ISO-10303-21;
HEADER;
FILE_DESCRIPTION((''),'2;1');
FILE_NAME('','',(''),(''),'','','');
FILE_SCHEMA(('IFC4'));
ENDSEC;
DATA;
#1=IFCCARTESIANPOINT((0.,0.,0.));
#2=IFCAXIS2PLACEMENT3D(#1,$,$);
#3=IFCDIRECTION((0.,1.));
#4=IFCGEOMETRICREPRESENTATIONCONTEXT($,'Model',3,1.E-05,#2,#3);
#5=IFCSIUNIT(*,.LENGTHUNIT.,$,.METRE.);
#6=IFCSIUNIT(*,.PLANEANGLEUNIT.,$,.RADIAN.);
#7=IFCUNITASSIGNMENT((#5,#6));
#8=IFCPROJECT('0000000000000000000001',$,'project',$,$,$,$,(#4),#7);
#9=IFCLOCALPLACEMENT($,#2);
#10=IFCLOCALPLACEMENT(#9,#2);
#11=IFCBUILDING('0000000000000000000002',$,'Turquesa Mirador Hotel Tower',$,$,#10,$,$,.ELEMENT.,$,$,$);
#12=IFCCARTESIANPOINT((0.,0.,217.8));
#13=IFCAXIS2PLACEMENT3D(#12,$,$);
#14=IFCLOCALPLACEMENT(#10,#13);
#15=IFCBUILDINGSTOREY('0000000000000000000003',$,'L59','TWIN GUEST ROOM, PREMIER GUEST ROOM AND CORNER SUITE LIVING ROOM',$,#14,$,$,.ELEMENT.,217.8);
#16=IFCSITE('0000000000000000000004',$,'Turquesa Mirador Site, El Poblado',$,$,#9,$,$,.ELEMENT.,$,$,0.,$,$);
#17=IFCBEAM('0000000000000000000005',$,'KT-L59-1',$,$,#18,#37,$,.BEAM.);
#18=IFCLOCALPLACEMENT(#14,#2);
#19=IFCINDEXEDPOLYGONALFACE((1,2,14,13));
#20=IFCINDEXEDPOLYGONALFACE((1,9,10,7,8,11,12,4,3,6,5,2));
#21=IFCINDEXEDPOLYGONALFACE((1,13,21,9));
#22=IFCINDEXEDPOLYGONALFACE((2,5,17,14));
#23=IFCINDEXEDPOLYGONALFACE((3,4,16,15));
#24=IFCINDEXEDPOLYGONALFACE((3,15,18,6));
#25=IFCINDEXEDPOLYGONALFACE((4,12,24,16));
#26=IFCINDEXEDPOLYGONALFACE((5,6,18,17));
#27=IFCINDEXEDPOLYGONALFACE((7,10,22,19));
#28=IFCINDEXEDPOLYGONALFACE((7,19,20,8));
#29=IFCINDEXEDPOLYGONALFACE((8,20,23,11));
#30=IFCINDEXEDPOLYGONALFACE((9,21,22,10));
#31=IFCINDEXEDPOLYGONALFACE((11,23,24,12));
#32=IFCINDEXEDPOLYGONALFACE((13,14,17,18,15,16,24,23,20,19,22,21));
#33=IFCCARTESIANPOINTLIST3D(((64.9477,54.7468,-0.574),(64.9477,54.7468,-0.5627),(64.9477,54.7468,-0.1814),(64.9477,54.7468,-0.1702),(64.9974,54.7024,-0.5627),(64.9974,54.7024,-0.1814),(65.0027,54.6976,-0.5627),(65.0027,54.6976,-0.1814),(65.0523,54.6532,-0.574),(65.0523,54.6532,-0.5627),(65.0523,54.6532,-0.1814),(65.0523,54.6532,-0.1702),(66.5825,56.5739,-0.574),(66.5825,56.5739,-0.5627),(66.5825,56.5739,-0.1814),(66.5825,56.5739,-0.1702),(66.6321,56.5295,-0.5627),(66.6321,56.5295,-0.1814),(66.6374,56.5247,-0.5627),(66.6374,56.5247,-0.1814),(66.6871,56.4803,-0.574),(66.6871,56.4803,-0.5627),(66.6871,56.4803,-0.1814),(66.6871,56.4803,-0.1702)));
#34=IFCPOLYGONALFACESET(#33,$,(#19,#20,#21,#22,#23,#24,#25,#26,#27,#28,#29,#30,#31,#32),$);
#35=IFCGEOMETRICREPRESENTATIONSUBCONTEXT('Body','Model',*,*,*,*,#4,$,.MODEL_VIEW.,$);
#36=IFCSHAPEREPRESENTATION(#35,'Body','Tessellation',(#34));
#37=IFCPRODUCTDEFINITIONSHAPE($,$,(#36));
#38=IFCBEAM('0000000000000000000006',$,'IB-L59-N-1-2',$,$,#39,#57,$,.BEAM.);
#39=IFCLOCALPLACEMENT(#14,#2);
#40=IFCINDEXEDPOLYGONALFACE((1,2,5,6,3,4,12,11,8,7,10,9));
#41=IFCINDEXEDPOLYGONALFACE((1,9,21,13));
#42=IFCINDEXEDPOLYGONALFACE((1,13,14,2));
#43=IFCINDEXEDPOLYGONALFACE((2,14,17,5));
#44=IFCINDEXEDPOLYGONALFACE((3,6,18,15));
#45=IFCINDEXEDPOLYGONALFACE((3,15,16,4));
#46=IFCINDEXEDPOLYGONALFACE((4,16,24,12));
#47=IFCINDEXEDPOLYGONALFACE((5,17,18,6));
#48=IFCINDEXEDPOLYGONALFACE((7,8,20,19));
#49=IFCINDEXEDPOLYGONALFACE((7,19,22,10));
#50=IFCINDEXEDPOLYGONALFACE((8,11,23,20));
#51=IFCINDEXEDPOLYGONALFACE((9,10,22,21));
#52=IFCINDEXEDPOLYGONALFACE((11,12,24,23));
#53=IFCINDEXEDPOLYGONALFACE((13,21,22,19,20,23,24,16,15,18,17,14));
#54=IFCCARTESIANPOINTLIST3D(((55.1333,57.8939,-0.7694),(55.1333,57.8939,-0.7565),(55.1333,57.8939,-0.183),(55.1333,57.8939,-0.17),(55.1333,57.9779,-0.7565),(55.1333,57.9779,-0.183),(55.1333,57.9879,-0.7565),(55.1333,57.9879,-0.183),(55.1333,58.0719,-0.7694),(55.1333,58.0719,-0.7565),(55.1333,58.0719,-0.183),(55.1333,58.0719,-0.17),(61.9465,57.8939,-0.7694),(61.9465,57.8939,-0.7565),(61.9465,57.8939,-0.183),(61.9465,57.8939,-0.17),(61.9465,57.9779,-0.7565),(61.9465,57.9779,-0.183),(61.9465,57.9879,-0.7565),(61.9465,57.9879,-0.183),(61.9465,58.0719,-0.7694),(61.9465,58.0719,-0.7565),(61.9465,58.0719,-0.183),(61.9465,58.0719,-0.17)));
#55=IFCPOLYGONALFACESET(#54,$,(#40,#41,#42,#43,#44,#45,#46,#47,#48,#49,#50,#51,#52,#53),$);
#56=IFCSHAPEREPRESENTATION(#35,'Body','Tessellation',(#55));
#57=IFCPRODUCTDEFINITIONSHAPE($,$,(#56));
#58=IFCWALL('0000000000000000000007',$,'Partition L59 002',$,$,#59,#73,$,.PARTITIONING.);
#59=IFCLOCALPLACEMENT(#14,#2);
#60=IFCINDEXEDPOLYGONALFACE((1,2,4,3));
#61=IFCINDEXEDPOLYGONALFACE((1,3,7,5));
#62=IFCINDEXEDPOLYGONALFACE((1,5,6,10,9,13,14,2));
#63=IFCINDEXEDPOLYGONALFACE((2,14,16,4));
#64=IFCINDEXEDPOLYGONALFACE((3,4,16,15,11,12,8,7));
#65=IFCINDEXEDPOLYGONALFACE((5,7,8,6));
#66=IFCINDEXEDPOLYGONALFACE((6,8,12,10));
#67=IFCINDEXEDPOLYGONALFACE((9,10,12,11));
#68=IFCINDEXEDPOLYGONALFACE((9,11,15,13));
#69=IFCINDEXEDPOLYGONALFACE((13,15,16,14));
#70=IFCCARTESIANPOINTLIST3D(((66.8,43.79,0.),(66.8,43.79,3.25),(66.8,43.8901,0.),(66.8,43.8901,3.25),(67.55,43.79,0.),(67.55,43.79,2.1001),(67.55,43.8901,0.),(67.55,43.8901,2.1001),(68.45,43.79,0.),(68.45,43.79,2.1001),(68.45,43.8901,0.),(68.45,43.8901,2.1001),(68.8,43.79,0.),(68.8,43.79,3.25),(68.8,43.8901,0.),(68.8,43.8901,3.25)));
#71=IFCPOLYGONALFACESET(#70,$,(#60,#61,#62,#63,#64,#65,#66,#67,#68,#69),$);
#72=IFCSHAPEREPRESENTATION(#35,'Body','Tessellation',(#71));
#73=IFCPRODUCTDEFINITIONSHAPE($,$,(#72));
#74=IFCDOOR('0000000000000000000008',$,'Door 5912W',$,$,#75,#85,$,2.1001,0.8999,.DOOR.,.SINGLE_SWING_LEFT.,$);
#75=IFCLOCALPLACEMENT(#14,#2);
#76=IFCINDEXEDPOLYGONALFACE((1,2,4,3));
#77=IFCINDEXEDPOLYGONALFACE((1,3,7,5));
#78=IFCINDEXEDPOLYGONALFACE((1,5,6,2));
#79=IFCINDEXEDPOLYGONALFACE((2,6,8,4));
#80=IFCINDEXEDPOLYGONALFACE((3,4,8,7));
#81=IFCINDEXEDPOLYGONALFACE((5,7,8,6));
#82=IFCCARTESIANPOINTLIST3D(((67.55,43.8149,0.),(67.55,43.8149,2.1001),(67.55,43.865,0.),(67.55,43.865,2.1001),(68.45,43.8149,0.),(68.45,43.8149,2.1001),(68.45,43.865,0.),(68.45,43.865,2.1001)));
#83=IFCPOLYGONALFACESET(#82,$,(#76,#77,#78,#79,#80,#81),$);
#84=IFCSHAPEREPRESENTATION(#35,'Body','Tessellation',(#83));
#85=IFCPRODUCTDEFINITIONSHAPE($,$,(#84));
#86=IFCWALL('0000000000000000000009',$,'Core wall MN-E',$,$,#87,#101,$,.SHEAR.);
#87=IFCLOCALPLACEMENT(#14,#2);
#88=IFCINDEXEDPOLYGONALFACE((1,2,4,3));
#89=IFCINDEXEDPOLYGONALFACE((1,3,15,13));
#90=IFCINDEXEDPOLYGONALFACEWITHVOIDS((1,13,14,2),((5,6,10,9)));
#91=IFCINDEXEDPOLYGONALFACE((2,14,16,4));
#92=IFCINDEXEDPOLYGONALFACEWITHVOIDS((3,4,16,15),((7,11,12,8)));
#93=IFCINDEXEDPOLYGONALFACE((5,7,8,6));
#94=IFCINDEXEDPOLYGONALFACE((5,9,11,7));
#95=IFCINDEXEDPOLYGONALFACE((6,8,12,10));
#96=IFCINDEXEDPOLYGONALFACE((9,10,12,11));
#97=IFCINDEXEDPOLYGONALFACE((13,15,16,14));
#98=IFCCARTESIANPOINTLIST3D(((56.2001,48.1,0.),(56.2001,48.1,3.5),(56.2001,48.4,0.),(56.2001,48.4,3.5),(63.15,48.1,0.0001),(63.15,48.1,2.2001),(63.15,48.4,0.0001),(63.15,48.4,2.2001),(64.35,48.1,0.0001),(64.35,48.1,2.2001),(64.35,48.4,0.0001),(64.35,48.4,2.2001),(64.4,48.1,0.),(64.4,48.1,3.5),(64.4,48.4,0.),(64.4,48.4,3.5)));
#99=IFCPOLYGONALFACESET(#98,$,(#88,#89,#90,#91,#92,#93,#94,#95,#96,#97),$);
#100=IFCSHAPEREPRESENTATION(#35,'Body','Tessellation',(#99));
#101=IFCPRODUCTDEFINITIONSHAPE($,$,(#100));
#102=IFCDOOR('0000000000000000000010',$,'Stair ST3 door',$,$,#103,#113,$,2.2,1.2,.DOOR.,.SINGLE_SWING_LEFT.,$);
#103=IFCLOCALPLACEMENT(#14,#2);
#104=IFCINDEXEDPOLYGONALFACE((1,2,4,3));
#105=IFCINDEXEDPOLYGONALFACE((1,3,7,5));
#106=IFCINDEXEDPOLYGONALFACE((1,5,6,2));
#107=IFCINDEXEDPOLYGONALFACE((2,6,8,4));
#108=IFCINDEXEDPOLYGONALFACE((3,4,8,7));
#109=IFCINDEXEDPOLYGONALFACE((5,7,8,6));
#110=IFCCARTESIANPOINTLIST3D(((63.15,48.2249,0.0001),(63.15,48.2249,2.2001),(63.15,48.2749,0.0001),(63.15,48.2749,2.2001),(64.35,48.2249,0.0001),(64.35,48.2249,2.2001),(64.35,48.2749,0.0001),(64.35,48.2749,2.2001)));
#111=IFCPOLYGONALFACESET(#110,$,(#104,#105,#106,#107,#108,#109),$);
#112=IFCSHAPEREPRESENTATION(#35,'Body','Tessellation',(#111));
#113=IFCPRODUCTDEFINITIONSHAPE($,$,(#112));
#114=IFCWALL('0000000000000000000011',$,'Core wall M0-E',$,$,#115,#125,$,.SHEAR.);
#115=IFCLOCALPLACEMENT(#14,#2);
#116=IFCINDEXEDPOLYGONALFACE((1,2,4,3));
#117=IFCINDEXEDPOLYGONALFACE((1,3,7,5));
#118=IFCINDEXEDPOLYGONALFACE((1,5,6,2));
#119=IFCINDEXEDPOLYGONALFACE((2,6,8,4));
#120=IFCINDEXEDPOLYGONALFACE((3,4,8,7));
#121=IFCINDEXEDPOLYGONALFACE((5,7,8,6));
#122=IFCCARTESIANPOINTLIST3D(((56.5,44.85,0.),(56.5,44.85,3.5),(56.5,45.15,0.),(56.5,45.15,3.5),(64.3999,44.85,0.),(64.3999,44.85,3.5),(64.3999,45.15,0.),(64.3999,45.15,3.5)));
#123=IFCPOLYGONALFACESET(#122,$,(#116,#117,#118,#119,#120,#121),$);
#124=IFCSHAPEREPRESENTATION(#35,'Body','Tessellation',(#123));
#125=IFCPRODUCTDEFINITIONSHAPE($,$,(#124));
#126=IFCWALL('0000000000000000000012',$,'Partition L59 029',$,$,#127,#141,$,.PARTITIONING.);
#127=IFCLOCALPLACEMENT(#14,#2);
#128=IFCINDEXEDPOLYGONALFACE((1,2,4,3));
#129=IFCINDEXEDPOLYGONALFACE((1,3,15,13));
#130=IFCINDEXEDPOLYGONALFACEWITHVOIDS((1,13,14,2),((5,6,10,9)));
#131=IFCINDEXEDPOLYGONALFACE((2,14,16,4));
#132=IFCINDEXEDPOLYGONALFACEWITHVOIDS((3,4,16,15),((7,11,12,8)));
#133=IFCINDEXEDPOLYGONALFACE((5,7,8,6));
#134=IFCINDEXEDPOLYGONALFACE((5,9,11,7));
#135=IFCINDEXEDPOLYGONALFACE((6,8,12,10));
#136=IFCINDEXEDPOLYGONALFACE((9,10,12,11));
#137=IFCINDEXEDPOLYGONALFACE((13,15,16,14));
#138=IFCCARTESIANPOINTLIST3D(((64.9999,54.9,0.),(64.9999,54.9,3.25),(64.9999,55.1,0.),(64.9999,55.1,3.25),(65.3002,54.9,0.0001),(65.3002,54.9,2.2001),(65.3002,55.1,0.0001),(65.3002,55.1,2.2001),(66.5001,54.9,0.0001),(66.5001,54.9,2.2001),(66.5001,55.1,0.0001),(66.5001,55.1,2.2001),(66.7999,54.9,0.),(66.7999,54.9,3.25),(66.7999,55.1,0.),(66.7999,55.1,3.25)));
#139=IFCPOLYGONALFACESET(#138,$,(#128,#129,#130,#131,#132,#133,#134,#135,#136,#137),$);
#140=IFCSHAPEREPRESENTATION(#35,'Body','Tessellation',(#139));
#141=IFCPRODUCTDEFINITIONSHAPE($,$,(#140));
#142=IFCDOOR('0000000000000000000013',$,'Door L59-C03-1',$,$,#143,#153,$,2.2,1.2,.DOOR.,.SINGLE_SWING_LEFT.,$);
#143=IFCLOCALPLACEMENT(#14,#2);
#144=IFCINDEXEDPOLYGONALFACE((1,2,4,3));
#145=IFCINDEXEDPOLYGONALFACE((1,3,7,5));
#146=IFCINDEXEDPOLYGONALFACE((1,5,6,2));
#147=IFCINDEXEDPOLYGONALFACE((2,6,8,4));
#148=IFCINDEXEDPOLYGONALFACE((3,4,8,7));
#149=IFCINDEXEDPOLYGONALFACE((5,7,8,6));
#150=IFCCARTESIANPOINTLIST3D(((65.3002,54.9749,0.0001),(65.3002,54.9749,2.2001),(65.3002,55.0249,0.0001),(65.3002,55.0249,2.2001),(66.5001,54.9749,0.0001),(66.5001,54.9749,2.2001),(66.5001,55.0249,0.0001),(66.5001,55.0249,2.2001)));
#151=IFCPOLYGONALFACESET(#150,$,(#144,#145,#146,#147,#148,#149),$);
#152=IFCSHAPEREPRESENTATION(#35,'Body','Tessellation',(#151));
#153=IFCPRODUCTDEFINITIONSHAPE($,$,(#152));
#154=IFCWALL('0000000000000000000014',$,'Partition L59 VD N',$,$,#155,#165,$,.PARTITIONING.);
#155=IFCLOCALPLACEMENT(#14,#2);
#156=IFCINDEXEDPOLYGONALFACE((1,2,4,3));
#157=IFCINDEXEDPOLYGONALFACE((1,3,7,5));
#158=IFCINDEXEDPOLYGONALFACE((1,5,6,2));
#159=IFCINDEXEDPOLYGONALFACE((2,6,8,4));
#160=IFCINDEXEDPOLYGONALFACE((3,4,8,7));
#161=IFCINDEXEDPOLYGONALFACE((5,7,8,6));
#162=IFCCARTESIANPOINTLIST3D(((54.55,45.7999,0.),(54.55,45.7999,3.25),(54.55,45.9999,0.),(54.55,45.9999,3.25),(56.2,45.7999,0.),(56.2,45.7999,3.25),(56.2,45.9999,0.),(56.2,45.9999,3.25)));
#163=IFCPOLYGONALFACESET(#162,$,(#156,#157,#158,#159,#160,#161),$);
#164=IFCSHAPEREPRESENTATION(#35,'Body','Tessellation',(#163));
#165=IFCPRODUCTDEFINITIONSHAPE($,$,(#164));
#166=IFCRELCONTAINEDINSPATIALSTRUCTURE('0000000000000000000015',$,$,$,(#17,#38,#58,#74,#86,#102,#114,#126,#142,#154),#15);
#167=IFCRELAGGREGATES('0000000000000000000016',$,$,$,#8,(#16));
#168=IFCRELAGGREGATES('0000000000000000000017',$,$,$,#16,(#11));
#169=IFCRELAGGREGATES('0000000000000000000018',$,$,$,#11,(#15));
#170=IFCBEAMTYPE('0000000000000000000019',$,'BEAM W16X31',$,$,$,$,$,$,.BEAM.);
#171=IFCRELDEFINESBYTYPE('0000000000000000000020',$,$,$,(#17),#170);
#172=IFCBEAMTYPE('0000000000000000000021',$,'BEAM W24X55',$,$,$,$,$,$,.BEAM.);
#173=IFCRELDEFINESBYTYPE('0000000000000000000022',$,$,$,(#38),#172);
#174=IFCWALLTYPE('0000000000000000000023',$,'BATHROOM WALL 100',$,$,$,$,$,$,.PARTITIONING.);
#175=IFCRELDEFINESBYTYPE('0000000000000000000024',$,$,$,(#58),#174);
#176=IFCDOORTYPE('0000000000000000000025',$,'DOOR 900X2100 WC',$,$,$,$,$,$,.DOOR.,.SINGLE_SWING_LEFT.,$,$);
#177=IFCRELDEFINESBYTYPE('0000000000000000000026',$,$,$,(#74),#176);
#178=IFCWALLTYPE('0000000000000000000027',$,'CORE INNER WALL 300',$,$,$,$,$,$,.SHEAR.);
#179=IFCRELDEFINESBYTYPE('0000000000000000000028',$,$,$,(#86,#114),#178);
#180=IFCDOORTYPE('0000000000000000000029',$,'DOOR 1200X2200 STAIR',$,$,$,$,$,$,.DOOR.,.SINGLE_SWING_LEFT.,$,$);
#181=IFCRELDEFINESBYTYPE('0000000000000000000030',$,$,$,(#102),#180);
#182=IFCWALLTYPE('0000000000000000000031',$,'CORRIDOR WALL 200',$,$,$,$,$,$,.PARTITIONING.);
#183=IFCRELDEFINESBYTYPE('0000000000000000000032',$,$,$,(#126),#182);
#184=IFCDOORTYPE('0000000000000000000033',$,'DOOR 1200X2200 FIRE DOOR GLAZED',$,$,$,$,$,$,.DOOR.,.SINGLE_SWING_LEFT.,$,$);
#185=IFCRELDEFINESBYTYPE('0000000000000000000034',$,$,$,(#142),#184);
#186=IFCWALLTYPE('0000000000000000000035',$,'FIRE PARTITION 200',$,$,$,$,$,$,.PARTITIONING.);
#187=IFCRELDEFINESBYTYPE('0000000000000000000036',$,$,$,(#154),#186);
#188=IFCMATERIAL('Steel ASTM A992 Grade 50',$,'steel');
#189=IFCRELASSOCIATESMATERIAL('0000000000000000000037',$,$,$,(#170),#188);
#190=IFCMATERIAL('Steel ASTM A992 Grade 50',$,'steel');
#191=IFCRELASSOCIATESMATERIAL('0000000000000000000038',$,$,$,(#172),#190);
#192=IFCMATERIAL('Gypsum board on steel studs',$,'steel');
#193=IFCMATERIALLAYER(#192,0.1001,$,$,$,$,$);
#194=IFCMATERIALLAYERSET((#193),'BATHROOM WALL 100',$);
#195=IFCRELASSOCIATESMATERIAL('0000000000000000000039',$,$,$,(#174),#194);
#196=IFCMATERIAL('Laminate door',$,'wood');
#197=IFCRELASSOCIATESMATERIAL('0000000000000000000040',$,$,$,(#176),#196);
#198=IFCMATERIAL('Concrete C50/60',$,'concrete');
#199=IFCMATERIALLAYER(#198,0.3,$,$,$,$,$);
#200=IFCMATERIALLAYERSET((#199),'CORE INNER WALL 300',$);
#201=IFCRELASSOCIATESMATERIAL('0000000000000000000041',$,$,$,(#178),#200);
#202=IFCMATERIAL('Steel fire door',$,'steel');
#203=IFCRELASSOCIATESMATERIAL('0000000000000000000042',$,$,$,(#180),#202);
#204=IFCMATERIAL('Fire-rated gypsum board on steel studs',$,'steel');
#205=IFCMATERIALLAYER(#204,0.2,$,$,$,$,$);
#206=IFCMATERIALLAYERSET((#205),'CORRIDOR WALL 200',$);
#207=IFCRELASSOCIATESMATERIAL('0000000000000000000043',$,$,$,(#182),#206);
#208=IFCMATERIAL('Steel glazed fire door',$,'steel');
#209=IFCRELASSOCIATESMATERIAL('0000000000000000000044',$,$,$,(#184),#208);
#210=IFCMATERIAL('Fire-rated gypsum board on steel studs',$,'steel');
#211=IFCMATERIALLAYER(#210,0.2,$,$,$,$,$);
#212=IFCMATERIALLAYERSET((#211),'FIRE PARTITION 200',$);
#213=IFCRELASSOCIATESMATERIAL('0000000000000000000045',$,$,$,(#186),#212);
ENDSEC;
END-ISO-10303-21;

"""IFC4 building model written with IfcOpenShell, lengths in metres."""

from ifc_helpers import new_model, si_unit, direction, frame, frame_2d, origin, origin_2d, place, context, subcontext, project, spatial, rectangle, i_section, extrude, material, layer, layer_set, material_profile, profile_set, type_object, element, fill, save


model = new_model("IFC4")

# Units and contexts
model_context = context("Model", 3, precision=1e-05, world=origin(), true_north=direction((0.0, 1.0)))
body_context = subcontext(model_context, "Body", "Model", "MODEL_VIEW")
ifc_project = project(units=[si_unit("LENGTHUNIT", "METRE"), si_unit("PLANEANGLEUNIT", "RADIAN")], contexts=[model_context])

# Site, building, storey
site_placement = place(None, origin())
site = spatial("IfcSite", under=ifc_project, at=site_placement, Name="Turquesa Mirador Site, El Poblado", CompositionType="ELEMENT", RefElevation=0.0)
building_placement = place(site_placement, origin())
building = spatial("IfcBuilding", under=site, at=building_placement, Name="Turquesa Mirador Hotel Tower", CompositionType="ELEMENT")
storey_placement = place(building_placement, frame((0.0, 0.0, 217.8)))
storey = spatial("IfcBuildingStorey", under=building, at=storey_placement, Name="L59", Description="TWIN GUEST ROOM, PREMIER GUEST ROOM AND CORNER SUITE LIVING ROOM", CompositionType="ELEMENT", Elevation=217.8)

# Beams
ifc_material_1 = material(Name="Steel ASTM A992 Grade 50", Category="steel")
ifc_material_profile_1 = material_profile(ifc_material_1, i_section(OverallWidth=0.1404, OverallDepth=0.4038, WebThickness=0.0071, FlangeThickness=0.0112, at=origin_2d()), Name="W16X31")
ifc_profile_set_1 = profile_set([ifc_material_profile_1], Name="Steel ASTM A992 Grade 50")
beam_type_1 = type_object("IfcBeamType", Name="BEAM W16X31", PredefinedType="BEAM", material=ifc_profile_set_1)
beam_1_placement = place(storey_placement, frame((66.6348, 56.5271, -0.3721), z_axis=(-0.666783, -0.745252, 0.0), x_axis=(0.745252, -0.666783, 0.0)))
element("IfcBeam", 1, at=beam_1_placement, inside=storey, type_object=beam_type_1, Name="KT-L59-1", PredefinedType="BEAM", context=body_context, shape_type="SweptSolid", body=[
    extrude(i_section(OverallWidth=0.1404, OverallDepth=0.4038, WebThickness=0.0071, FlangeThickness=0.0112, at=origin_2d()), origin(), (0.0, 0.0, 1.0), 2.4517),
])
ifc_material_2 = material(Name="Steel ASTM A992 Grade 50", Category="steel")
ifc_material_profile_2 = material_profile(ifc_material_2, i_section(OverallWidth=0.178, OverallDepth=0.5994, WebThickness=0.01, FlangeThickness=0.0129, at=origin_2d()), Name="W24X55")
ifc_profile_set_2 = profile_set([ifc_material_profile_2], Name="Steel ASTM A992 Grade 50")
beam_type_2 = type_object("IfcBeamType", Name="BEAM W24X55", PredefinedType="BEAM", material=ifc_profile_set_2)
beam_2_placement = place(storey_placement, frame((55.1333, 57.9829, -0.4697), z_axis=(1.0, 0.0, 0.0), x_axis=(0.0, 1.0, 0.0)))
element("IfcBeam", 2, at=beam_2_placement, inside=storey, type_object=beam_type_2, Name="IB-L59-N-1-2", PredefinedType="BEAM", context=body_context, shape_type="SweptSolid", body=[
    extrude(i_section(OverallWidth=0.178, OverallDepth=0.5994, WebThickness=0.01, FlangeThickness=0.0129, at=origin_2d()), origin(), (0.0, 0.0, 1.0), 6.8132),
])

# Walls, openings, doors
ifc_material_3 = material(Name="Gypsum board on steel studs", Category="steel")
ifc_layer_1 = layer(ifc_material_3, 0.1001)
ifc_layer_set_1 = layer_set([ifc_layer_1], Name="BATHROOM WALL 100")
wall_type_1 = type_object("IfcWallType", Name="BATHROOM WALL 100", PredefinedType="PARTITIONING", material=ifc_layer_set_1)
wall_1_placement = place(storey_placement, frame((66.8, 43.8401, 0.0), z_axis=(0.0, 0.0, 1.0), x_axis=(1.0, 0.0, 0.0)))
wall_1 = element("IfcWall", 3, at=wall_1_placement, inside=storey, type_object=wall_type_1, Name="Partition L59 002", PredefinedType="PARTITIONING", context=body_context, shape_type="SweptSolid", body=[
    extrude(rectangle(XDim=2.0, YDim=0.1001, at=frame_2d((1.0, 0.0))), origin(), (0.0, 0.0, 1.0), 3.25),
])
opening_1_placement = place(wall_1_placement, frame((0.75, 0.0, 0.0)))
opening_1 = element("IfcOpeningElement", 4, at=opening_1_placement, cuts=wall_1, PredefinedType="OPENING", context=body_context, shape_type="SweptSolid", body=[
    extrude(rectangle(XDim=0.8999, YDim=2.1001, at=frame_2d((0.45, 1.05))), frame((0.0, 0.0601, 0.0), z_axis=(0.0, -1.0, 0.0), x_axis=(1.0, 0.0, 0.0)), (0.0, 0.0, 1.0), 0.1201),
])
ifc_material_4 = material(Name="Laminate door", Category="wood")
door_type_1 = type_object("IfcDoorType", Name="DOOR 900X2100 WC", OperationType="SINGLE_SWING_LEFT", PredefinedType="DOOR", material=ifc_material_4)
door_1_placement = place(opening_1_placement, origin())
door_1 = element("IfcDoor", 5, at=door_1_placement, inside=storey, type_object=door_type_1, Name="Door 5912W", OperationType="SINGLE_SWING_LEFT", OverallHeight=2.1001, OverallWidth=0.8999, PredefinedType="DOOR", context=body_context, shape_type="SweptSolid", body=[
    extrude(rectangle(XDim=0.8999, YDim=2.1001, at=frame_2d((0.45, 1.05))), frame((0.0, 0.0249, 0.0), z_axis=(0.0, -1.0, 0.0), x_axis=(1.0, 0.0, 0.0)), (0.0, 0.0, 1.0), 0.05),
])
fill(opening_1, door_1)
ifc_material_5 = material(Name="Concrete C50/60", Category="concrete")
ifc_layer_2 = layer(ifc_material_5, 0.3)
ifc_layer_set_2 = layer_set([ifc_layer_2], Name="CORE INNER WALL 300")
wall_type_2 = type_object("IfcWallType", Name="CORE INNER WALL 300", PredefinedType="SHEAR", material=ifc_layer_set_2)
wall_2_placement = place(storey_placement, frame((56.2, 48.25, 0.0), z_axis=(0.0, 0.0, 1.0), x_axis=(1.0, 0.0, 0.0)))
wall_2 = element("IfcWall", 6, at=wall_2_placement, inside=storey, type_object=wall_type_2, Name="Core wall MN-E", PredefinedType="SHEAR", context=body_context, shape_type="SweptSolid", body=[
    extrude(rectangle(XDim=8.2, YDim=0.3, at=frame_2d((4.1001, 0.0))), origin(), (0.0, 0.0, 1.0), 3.5),
])
opening_2_placement = place(wall_2_placement, frame((6.95, 0.0, 0.0)))
opening_2 = element("IfcOpeningElement", 7, at=opening_2_placement, cuts=wall_2, PredefinedType="OPENING", context=body_context, shape_type="SweptSolid", body=[
    extrude(rectangle(XDim=1.2, YDim=2.2, at=frame_2d((0.6001, 1.1001))), frame((0.0, 0.1599, 0.0), z_axis=(0.0, -1.0, 0.0), x_axis=(1.0, 0.0, 0.0)), (0.0, 0.0, 1.0), 0.3201),
])
ifc_material_6 = material(Name="Steel fire door", Category="steel")
door_type_2 = type_object("IfcDoorType", Name="DOOR 1200X2200 STAIR", OperationType="SINGLE_SWING_LEFT", PredefinedType="DOOR", material=ifc_material_6)
door_2_placement = place(opening_2_placement, origin())
door_2 = element("IfcDoor", 8, at=door_2_placement, inside=storey, type_object=door_type_2, Name="Stair ST3 door", OperationType="SINGLE_SWING_LEFT", OverallHeight=2.2, OverallWidth=1.2, PredefinedType="DOOR", context=body_context, shape_type="SweptSolid", body=[
    extrude(rectangle(XDim=1.2, YDim=2.2, at=frame_2d((0.6001, 1.1001))), frame((0.0, 0.0249, 0.0), z_axis=(0.0, -1.0, 0.0), x_axis=(1.0, 0.0, 0.0)), (0.0, 0.0, 1.0), 0.05),
])
fill(opening_2, door_2)

# Wall
wall_3_placement = place(storey_placement, frame((56.5, 45.0, 0.0), z_axis=(0.0, 0.0, 1.0), x_axis=(1.0, 0.0, 0.0)))
element("IfcWall", 9, at=wall_3_placement, inside=storey, type_object=wall_type_2, Name="Core wall M0-E", PredefinedType="SHEAR", context=body_context, shape_type="SweptSolid", body=[
    extrude(rectangle(XDim=7.8999, YDim=0.3, at=frame_2d((3.95, 0.0))), origin(), (0.0, 0.0, 1.0), 3.5),
])

# Wall, opening, door
ifc_material_7 = material(Name="Fire-rated gypsum board on steel studs", Category="steel")
ifc_layer_3 = layer(ifc_material_7, 0.2)
ifc_layer_set_3 = layer_set([ifc_layer_3], Name="CORRIDOR WALL 200")
wall_type_3 = type_object("IfcWallType", Name="CORRIDOR WALL 200", PredefinedType="PARTITIONING", material=ifc_layer_set_3)
wall_4_placement = place(storey_placement, frame((65.0, 55.0, 0.0), z_axis=(0.0, 0.0, 1.0), x_axis=(1.0, 0.0, 0.0)))
wall_4 = element("IfcWall", 10, at=wall_4_placement, inside=storey, type_object=wall_type_3, Name="Partition L59 029", PredefinedType="PARTITIONING", context=body_context, shape_type="SweptSolid", body=[
    extrude(rectangle(XDim=1.8, YDim=0.2, at=frame_2d((0.8999, 0.0))), origin(), (0.0, 0.0, 1.0), 3.25),
])
opening_3_placement = place(wall_4_placement, frame((0.3, 0.0, 0.0)))
opening_3 = element("IfcOpeningElement", 11, at=opening_3_placement, cuts=wall_4, PredefinedType="OPENING", context=body_context, shape_type="SweptSolid", body=[
    extrude(rectangle(XDim=1.2, YDim=2.2, at=frame_2d((0.6001, 1.1001))), frame((0.0, 0.1099, 0.0), z_axis=(0.0, -1.0, 0.0), x_axis=(1.0, 0.0, 0.0)), (0.0, 0.0, 1.0), 0.22),
])
ifc_material_8 = material(Name="Steel glazed fire door", Category="steel")
door_type_3 = type_object("IfcDoorType", Name="DOOR 1200X2200 FIRE DOOR GLAZED", OperationType="SINGLE_SWING_LEFT", PredefinedType="DOOR", material=ifc_material_8)
door_3_placement = place(opening_3_placement, origin())
door_3 = element("IfcDoor", 12, at=door_3_placement, inside=storey, type_object=door_type_3, Name="Door L59-C03-1", OperationType="SINGLE_SWING_LEFT", OverallHeight=2.2, OverallWidth=1.2, PredefinedType="DOOR", context=body_context, shape_type="SweptSolid", body=[
    extrude(rectangle(XDim=1.2, YDim=2.2, at=frame_2d((0.6001, 1.1001))), frame((0.0, 0.0249, 0.0), z_axis=(0.0, -1.0, 0.0), x_axis=(1.0, 0.0, 0.0)), (0.0, 0.0, 1.0), 0.05),
])
fill(opening_3, door_3)

# Wall
ifc_material_9 = material(Name="Fire-rated gypsum board on steel studs", Category="steel")
ifc_layer_4 = layer(ifc_material_9, 0.2)
ifc_layer_set_4 = layer_set([ifc_layer_4], Name="FIRE PARTITION 200")
wall_type_4 = type_object("IfcWallType", Name="FIRE PARTITION 200", PredefinedType="PARTITIONING", material=ifc_layer_set_4)
wall_5_placement = place(storey_placement, frame((54.55, 45.8999, 0.0), z_axis=(0.0, 0.0, 1.0), x_axis=(1.0, 0.0, 0.0)))
element("IfcWall", 13, at=wall_5_placement, inside=storey, type_object=wall_type_4, Name="Partition L59 VD N", PredefinedType="PARTITIONING", context=body_context, shape_type="SweptSolid", body=[
    extrude(rectangle(XDim=1.6499, YDim=0.2, at=frame_2d((0.825, 0.0))), origin(), (0.0, 0.0, 1.0), 3.25),
])

save(model, "model.ifc")
